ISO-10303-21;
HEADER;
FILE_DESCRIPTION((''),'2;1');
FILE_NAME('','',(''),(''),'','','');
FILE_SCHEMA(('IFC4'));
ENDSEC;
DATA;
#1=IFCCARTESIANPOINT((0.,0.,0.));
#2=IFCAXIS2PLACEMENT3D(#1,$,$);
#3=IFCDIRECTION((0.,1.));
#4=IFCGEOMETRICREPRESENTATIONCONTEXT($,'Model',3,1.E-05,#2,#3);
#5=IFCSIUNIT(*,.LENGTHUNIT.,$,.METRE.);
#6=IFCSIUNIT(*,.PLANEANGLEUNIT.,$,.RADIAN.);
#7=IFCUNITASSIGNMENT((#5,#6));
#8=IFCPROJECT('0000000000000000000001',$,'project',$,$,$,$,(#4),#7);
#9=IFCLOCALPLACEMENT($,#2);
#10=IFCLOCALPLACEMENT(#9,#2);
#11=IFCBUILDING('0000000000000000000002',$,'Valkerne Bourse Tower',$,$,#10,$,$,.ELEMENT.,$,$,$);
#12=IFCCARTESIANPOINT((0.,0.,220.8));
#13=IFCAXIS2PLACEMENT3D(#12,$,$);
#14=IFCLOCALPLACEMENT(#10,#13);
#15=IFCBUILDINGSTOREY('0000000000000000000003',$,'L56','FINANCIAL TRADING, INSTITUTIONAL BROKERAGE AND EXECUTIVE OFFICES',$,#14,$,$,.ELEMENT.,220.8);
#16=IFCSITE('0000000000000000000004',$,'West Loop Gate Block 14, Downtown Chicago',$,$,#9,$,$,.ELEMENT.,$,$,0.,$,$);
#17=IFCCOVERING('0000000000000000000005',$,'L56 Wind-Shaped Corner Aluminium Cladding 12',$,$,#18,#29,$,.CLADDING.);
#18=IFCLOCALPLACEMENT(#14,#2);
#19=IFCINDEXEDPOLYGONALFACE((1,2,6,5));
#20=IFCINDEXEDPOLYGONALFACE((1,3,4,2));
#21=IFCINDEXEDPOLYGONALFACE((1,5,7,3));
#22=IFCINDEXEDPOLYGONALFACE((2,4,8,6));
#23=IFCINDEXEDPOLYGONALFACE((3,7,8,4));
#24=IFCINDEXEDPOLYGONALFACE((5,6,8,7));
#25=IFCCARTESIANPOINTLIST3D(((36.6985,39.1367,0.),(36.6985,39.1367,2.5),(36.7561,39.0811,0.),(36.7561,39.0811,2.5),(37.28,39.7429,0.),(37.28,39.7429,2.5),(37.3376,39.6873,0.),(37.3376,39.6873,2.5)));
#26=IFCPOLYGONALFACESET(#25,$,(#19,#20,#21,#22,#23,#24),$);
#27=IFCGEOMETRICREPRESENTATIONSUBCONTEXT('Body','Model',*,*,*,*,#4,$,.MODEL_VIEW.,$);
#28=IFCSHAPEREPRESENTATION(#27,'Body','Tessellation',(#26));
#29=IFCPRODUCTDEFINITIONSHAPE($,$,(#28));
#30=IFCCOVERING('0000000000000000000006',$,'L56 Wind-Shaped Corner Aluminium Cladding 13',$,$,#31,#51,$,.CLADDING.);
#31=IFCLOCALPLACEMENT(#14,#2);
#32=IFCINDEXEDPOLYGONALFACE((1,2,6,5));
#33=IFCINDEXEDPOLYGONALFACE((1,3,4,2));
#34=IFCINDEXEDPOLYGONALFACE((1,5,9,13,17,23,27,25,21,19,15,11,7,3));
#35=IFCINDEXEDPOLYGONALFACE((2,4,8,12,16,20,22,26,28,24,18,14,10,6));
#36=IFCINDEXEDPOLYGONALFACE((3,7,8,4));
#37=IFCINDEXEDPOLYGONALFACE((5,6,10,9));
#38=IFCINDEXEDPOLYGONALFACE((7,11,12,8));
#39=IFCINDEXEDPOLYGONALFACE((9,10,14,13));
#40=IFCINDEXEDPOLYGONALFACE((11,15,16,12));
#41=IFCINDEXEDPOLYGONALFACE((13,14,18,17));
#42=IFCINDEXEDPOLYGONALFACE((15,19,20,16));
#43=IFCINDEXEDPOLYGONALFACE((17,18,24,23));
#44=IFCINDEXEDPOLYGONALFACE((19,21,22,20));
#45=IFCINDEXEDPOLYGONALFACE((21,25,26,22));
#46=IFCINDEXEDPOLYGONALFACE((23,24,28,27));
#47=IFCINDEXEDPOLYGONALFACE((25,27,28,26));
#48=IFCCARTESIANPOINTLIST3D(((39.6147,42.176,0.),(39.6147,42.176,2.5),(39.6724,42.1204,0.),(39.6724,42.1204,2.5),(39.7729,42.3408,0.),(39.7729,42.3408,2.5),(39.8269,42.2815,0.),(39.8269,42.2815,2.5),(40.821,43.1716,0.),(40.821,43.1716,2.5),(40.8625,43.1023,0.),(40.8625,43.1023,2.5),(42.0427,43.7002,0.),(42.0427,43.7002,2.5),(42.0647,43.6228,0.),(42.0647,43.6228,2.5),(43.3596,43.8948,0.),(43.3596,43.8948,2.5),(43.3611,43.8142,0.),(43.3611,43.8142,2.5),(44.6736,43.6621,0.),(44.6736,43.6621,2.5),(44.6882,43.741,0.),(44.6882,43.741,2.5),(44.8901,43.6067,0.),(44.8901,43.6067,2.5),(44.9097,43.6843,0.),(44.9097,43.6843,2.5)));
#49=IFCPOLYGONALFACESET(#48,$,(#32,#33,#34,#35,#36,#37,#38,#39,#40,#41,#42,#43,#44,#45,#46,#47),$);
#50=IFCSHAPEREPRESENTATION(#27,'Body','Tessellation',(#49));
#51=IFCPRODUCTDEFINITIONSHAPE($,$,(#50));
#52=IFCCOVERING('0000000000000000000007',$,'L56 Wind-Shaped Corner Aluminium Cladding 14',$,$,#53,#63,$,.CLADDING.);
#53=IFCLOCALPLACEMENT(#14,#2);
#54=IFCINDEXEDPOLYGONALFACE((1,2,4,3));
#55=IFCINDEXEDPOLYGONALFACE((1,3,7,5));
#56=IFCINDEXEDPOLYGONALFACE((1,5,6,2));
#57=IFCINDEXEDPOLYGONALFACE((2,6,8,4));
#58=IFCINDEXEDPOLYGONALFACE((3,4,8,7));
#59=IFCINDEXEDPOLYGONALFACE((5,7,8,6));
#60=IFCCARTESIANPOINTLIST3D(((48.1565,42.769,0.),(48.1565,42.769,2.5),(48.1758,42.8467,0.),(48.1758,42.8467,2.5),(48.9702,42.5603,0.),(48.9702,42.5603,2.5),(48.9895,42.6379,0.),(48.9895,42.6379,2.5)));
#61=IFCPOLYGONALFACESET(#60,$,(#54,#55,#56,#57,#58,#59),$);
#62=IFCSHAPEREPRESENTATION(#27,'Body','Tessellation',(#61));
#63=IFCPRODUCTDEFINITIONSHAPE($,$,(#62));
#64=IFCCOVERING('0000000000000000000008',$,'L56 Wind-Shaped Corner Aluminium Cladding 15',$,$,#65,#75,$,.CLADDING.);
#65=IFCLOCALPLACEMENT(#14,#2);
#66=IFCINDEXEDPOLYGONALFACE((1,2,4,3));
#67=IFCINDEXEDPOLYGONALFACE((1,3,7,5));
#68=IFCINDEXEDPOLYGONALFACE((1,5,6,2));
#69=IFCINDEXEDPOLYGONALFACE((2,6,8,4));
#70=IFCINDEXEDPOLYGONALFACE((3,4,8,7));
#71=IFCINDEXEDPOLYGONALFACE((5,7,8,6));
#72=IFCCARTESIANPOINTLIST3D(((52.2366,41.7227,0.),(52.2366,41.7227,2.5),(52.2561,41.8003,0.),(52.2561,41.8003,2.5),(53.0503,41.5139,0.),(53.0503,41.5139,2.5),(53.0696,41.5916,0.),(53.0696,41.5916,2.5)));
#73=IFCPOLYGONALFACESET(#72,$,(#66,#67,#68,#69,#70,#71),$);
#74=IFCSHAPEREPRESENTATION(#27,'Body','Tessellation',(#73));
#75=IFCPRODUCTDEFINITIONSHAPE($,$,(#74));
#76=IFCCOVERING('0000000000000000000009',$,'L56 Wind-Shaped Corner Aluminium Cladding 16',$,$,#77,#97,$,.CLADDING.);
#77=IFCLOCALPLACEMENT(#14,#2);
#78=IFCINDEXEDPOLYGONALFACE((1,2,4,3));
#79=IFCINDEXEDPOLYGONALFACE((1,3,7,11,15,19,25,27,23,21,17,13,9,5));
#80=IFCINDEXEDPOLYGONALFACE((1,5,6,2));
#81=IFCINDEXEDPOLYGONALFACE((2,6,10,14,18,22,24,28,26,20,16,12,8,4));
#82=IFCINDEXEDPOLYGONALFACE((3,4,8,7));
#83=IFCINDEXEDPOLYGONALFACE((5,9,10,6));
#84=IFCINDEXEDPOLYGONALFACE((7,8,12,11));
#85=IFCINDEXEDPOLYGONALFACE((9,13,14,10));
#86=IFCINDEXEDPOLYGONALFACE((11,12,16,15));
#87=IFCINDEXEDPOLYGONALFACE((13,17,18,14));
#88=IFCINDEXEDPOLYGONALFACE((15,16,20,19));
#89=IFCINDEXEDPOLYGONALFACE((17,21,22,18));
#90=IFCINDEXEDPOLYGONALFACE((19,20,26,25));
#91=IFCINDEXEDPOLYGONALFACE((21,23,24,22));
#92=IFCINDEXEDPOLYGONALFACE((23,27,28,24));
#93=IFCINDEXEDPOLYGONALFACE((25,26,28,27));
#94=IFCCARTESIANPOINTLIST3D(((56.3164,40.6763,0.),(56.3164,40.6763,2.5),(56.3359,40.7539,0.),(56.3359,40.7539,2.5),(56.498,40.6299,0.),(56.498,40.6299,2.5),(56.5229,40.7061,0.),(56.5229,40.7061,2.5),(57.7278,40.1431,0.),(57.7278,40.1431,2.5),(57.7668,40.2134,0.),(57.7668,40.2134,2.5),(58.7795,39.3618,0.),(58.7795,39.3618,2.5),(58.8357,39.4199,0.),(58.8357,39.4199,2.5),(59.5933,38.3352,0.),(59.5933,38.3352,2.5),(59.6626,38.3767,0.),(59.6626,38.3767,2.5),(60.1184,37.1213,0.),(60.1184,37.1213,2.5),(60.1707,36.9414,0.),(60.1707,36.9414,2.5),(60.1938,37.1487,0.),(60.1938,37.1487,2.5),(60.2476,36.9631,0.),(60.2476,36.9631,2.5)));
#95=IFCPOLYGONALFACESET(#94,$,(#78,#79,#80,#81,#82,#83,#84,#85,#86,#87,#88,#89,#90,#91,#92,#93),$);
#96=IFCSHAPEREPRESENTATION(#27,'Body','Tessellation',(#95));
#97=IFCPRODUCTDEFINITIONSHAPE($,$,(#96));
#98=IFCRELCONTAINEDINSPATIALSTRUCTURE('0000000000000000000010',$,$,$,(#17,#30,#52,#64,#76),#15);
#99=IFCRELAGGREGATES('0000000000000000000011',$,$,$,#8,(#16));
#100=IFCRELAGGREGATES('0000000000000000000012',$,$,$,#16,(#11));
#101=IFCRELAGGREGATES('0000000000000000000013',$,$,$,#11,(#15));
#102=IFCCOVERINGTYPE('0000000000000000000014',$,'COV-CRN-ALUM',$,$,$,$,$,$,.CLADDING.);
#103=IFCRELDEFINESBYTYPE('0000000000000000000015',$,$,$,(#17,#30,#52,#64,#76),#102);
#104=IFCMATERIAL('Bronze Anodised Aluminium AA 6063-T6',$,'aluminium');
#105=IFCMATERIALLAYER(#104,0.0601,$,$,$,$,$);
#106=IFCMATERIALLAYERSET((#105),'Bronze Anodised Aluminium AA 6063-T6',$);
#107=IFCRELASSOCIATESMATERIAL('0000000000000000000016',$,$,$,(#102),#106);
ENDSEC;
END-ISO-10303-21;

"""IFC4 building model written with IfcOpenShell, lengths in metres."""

from ifc_helpers import new_model, si_unit, direction, frame, origin, place, context, subcontext, project, spatial, polyline, outline, extrude, material, layer, layer_set, type_object, element, save


model = new_model("IFC4")

# Units and contexts
model_context = context("Model", 3, precision=1e-05, world=origin(), true_north=direction((0.0, 1.0)))
body_context = subcontext(model_context, "Body", "Model", "MODEL_VIEW")
ifc_project = project(units=[si_unit("LENGTHUNIT", "METRE"), si_unit("PLANEANGLEUNIT", "RADIAN")], contexts=[model_context])

# Site, building, storey
site_placement = place(None, origin())
site = spatial("IfcSite", under=ifc_project, at=site_placement, Name="West Loop Gate Block 14, Downtown Chicago", CompositionType="ELEMENT", RefElevation=0.0)
building_placement = place(site_placement, origin())
building = spatial("IfcBuilding", under=site, at=building_placement, Name="Valkerne Bourse Tower", CompositionType="ELEMENT")
storey_placement = place(building_placement, frame((0.0, 0.0, 220.8)))
storey = spatial("IfcBuildingStorey", under=building, at=storey_placement, Name="L56", Description="FINANCIAL TRADING, INSTITUTIONAL BROKERAGE AND EXECUTIVE OFFICES", CompositionType="ELEMENT", Elevation=220.8)

# Coverings
ifc_material_1 = material(Name="Bronze Anodised Aluminium AA 6063-T6", Category="aluminium")
ifc_layer_1 = layer(ifc_material_1, 0.0601)
ifc_layer_set_1 = layer_set([ifc_layer_1], Name="Bronze Anodised Aluminium AA 6063-T6")
covering_type = type_object("IfcCoveringType", Name="COV-CRN-ALUM", PredefinedType="CLADDING", material=ifc_layer_set_1)
covering_1_placement = place(storey_placement, origin())
element("IfcCovering", 1, at=covering_1_placement, inside=storey, type_object=covering_type, Name="L56 Wind-Shaped Corner Aluminium Cladding 12", PredefinedType="CLADDING", context=body_context, shape_type="SweptSolid", body=[
    extrude(outline(polyline([(37.28, 39.7429), (37.3376, 39.6873), (36.7561, 39.0811), (36.6985, 39.1367), (37.28, 39.7429)])), origin(), (0.0, 0.0, 1.0), 2.5),
])
covering_2_placement = place(storey_placement, origin())
element("IfcCovering", 2, at=covering_2_placement, inside=storey, type_object=covering_type, Name="L56 Wind-Shaped Corner Aluminium Cladding 13", PredefinedType="CLADDING", context=body_context, shape_type="SweptSolid", body=[
    extrude(outline(polyline([(39.7729, 42.3408), (40.821, 43.1716), (42.0427, 43.7002), (43.3596, 43.8948), (44.6882, 43.741), (44.9097, 43.6843), (44.8901, 43.6067), (44.6736, 43.6621), (43.3611, 43.8142), (42.0647, 43.6228), (40.8625, 43.1023), (39.8269, 42.2815), (39.6724, 42.1204), (39.6147, 42.176), (39.7729, 42.3408)])), origin(), (0.0, 0.0, 1.0), 2.5),
])
covering_3_placement = place(storey_placement, origin())
element("IfcCovering", 3, at=covering_3_placement, inside=storey, type_object=covering_type, Name="L56 Wind-Shaped Corner Aluminium Cladding 14", PredefinedType="CLADDING", context=body_context, shape_type="SweptSolid", body=[
    extrude(outline(polyline([(48.9895, 42.6379), (48.9702, 42.5603), (48.1565, 42.769), (48.1758, 42.8467), (48.9895, 42.6379)])), origin(), (0.0, 0.0, 1.0), 2.5),
])
covering_4_placement = place(storey_placement, origin())
element("IfcCovering", 4, at=covering_4_placement, inside=storey, type_object=covering_type, Name="L56 Wind-Shaped Corner Aluminium Cladding 15", PredefinedType="CLADDING", context=body_context, shape_type="SweptSolid", body=[
    extrude(outline(polyline([(53.0696, 41.5916), (53.0503, 41.5139), (52.2366, 41.7227), (52.2561, 41.8003), (53.0696, 41.5916)])), origin(), (0.0, 0.0, 1.0), 2.5),
])
covering_5_placement = place(storey_placement, origin())
element("IfcCovering", 5, at=covering_5_placement, inside=storey, type_object=covering_type, Name="L56 Wind-Shaped Corner Aluminium Cladding 16", PredefinedType="CLADDING", context=body_context, shape_type="SweptSolid", body=[
    extrude(outline(polyline([(56.5229, 40.7061), (57.7668, 40.2134), (58.8357, 39.4199), (59.6626, 38.3767), (60.1938, 37.1487), (60.2476, 36.9631), (60.1707, 36.9414), (60.1184, 37.1213), (59.5933, 38.3352), (58.7795, 39.3618), (57.7278, 40.1431), (56.498, 40.6299), (56.3164, 40.6763), (56.3359, 40.7539), (56.5229, 40.7061)])), origin(), (0.0, 0.0, 1.0), 2.5),
])

save(model, "model.ifc")
